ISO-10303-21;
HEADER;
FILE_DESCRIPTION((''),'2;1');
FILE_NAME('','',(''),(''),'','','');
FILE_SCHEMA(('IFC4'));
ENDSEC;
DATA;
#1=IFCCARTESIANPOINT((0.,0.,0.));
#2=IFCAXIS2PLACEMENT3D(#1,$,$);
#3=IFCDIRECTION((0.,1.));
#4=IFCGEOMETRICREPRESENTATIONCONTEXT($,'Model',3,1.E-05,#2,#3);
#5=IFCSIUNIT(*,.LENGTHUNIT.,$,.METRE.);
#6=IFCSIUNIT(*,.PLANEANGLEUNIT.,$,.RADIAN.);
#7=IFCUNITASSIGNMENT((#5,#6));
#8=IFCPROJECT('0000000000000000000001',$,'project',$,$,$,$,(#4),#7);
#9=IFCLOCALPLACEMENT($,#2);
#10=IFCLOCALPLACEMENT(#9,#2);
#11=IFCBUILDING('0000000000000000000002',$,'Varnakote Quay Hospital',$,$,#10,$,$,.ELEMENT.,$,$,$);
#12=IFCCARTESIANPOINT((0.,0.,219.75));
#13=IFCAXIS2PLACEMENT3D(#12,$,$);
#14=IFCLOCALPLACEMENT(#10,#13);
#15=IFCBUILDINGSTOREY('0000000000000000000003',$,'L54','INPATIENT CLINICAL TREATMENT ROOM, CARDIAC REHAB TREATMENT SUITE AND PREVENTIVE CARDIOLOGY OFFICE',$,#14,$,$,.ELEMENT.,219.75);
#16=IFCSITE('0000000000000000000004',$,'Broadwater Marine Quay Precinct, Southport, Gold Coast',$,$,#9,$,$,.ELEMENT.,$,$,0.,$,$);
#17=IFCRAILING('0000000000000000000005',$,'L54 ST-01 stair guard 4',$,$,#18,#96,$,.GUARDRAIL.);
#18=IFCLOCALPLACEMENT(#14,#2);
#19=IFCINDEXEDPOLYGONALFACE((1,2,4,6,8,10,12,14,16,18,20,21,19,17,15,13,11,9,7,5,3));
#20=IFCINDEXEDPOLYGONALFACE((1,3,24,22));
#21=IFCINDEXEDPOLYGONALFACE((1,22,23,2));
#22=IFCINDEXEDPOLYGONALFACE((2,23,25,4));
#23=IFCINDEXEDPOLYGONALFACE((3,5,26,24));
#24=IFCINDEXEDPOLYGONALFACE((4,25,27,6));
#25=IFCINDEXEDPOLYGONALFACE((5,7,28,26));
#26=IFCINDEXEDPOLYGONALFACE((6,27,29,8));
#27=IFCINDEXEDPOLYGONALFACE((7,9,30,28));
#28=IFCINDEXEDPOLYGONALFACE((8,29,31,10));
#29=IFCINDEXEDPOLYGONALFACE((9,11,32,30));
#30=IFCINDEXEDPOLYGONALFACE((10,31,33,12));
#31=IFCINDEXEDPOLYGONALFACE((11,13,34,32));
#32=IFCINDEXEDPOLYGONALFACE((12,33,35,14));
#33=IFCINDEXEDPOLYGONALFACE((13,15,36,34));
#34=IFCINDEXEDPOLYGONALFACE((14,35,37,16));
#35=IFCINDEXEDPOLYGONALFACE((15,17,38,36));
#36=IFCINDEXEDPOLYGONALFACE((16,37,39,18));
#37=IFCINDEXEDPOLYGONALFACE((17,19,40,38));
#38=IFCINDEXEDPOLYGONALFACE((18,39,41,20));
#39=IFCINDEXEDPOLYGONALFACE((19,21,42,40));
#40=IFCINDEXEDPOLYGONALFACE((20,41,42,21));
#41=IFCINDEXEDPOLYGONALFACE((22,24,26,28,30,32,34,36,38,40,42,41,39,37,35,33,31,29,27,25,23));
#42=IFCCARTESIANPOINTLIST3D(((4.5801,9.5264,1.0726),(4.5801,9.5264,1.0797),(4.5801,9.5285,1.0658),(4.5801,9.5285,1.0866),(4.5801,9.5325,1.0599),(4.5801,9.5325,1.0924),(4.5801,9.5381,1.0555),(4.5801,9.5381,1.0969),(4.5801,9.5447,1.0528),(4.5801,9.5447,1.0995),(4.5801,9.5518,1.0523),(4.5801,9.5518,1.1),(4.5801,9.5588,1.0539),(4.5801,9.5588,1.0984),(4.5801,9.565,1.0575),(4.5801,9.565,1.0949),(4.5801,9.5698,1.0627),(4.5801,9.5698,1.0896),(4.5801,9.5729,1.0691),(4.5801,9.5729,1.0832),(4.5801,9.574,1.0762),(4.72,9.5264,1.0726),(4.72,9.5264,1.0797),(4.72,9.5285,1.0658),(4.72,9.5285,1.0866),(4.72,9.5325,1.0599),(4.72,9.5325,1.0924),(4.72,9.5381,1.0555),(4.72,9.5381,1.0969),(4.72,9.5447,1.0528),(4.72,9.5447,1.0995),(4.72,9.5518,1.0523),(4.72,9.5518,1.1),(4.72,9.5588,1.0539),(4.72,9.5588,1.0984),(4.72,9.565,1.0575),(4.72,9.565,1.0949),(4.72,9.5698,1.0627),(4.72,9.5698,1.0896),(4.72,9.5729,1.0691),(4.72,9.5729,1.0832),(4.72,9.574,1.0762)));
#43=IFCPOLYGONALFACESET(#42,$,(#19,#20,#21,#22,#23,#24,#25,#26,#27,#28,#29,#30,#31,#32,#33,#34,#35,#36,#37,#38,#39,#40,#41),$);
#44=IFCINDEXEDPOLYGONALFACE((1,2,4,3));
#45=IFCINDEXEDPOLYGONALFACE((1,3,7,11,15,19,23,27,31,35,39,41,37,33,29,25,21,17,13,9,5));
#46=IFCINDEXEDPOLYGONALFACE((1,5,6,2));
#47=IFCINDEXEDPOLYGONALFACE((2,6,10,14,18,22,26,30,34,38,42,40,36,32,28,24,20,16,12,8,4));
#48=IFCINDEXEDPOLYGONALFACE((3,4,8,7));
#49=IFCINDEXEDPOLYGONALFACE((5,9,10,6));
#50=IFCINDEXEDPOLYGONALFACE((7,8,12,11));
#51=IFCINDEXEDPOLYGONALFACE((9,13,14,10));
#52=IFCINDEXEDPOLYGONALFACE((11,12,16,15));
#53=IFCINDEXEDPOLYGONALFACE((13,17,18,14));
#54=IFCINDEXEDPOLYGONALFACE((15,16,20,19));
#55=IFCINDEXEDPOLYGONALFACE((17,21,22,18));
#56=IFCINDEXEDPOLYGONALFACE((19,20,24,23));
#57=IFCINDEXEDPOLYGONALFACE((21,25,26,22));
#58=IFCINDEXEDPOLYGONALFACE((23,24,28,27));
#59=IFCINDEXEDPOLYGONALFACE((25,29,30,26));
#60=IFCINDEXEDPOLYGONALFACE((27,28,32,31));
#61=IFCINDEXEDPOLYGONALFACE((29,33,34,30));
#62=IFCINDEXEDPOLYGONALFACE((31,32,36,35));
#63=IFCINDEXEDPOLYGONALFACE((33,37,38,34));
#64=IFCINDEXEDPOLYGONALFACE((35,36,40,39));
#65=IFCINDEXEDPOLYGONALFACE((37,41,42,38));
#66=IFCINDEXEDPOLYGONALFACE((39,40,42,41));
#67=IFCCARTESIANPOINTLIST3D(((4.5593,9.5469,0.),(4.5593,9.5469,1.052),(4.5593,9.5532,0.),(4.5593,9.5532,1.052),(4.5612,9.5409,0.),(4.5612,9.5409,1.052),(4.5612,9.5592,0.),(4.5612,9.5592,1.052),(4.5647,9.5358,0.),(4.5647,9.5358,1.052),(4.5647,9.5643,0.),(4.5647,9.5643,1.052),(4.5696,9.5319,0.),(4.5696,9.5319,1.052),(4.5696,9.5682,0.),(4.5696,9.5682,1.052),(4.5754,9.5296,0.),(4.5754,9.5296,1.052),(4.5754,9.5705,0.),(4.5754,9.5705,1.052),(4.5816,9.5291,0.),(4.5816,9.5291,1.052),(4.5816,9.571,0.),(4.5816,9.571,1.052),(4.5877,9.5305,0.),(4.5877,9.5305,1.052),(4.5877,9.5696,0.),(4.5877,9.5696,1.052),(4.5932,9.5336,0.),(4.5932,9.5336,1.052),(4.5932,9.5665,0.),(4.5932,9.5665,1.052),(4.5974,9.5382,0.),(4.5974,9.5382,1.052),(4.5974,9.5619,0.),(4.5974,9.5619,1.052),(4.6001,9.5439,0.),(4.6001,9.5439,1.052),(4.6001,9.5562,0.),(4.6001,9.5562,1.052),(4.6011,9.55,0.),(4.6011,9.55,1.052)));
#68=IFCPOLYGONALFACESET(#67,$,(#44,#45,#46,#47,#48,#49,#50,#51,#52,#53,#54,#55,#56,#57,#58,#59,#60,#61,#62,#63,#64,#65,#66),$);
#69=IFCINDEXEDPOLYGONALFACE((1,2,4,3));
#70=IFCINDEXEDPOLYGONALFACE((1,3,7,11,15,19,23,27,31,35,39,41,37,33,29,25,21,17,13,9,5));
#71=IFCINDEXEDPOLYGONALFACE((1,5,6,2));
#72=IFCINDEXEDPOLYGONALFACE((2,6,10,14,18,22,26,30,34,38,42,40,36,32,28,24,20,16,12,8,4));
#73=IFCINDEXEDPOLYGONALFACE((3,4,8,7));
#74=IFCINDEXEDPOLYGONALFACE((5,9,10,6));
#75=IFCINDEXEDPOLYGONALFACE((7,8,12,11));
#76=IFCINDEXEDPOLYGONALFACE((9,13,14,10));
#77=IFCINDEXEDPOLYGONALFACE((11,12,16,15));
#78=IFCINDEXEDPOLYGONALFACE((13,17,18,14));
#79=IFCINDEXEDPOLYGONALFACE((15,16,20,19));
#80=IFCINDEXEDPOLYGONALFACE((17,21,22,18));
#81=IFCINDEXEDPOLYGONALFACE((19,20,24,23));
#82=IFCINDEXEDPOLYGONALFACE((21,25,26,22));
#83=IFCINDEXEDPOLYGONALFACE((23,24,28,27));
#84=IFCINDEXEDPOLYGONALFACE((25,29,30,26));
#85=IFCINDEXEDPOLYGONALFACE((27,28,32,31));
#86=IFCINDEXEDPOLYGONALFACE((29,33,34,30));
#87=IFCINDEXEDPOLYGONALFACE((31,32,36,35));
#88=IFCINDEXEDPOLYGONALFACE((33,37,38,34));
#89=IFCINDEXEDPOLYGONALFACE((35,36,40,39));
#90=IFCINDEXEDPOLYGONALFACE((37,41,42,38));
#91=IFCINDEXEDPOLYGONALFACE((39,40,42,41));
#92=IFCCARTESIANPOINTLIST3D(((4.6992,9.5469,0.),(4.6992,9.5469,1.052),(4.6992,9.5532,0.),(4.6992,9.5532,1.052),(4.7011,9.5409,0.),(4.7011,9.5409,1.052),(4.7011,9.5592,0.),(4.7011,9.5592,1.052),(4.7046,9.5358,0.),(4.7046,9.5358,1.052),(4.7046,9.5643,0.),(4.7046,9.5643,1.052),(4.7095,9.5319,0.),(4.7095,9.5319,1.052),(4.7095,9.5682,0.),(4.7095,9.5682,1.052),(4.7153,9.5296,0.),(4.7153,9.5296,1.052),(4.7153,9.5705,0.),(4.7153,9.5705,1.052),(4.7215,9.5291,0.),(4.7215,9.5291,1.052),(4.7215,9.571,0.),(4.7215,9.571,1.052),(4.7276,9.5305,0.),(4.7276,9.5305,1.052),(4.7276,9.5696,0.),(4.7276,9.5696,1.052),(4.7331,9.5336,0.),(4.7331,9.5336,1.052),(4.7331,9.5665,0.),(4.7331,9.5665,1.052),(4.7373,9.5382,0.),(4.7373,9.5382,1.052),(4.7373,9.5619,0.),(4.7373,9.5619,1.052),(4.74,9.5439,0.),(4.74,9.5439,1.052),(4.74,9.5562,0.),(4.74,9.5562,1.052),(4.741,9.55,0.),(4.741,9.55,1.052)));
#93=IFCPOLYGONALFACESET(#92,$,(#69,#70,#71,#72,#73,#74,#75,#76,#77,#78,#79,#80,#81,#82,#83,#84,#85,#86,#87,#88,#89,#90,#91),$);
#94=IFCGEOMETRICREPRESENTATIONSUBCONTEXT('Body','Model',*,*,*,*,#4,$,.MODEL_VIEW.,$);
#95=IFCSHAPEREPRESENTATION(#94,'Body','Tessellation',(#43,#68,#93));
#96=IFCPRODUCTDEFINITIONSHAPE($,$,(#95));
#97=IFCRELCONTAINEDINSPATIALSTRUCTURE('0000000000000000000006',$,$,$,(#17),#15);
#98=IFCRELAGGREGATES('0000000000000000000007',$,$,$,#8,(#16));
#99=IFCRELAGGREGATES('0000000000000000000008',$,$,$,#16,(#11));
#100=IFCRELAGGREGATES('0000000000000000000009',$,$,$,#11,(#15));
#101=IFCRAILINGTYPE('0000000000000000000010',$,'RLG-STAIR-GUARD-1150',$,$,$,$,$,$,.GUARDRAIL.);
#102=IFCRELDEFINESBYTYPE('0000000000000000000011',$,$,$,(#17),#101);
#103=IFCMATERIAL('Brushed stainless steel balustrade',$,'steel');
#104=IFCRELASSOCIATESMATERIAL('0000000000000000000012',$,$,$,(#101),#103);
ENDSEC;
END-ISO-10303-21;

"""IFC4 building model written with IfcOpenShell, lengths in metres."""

from ifc_helpers import new_model, si_unit, direction, frame, origin, origin_2d, place, context, subcontext, project, spatial, circle, extrude, material, type_object, element, save


model = new_model("IFC4")

# Units and contexts
model_context = context("Model", 3, precision=1e-05, world=origin(), true_north=direction((0.0, 1.0)))
body_context = subcontext(model_context, "Body", "Model", "MODEL_VIEW")
ifc_project = project(units=[si_unit("LENGTHUNIT", "METRE"), si_unit("PLANEANGLEUNIT", "RADIAN")], contexts=[model_context])

# Site, building, storey
site_placement = place(None, origin())
site = spatial("IfcSite", under=ifc_project, at=site_placement, Name="Broadwater Marine Quay Precinct, Southport, Gold Coast", CompositionType="ELEMENT", RefElevation=0.0)
building_placement = place(site_placement, origin())
building = spatial("IfcBuilding", under=site, at=building_placement, Name="Varnakote Quay Hospital", CompositionType="ELEMENT")
storey_placement = place(building_placement, frame((0.0, 0.0, 219.75)))
storey = spatial("IfcBuildingStorey", under=building, at=storey_placement, Name="L54", Description="INPATIENT CLINICAL TREATMENT ROOM, CARDIAC REHAB TREATMENT SUITE AND PREVENTIVE CARDIOLOGY OFFICE", CompositionType="ELEMENT", Elevation=219.75)

# Railing
ifc_material_1 = material(Name="Brushed stainless steel balustrade", Category="steel")
railing_type_1 = type_object("IfcRailingType", Name="RLG-STAIR-GUARD-1150", PredefinedType="GUARDRAIL", material=ifc_material_1)
railing_1_placement = place(storey_placement, frame((4.5801, 9.55, 0.0)))
element("IfcRailing", 1, at=railing_1_placement, inside=storey, type_object=railing_type_1, Name="L54 ST-01 stair guard 4", PredefinedType="GUARDRAIL", context=body_context, shape_type="SweptSolid", body=[
    extrude(circle(Radius=0.0239, at=origin_2d()), frame((0.0, 0.0, 1.0762), z_axis=(1.0, 0.0, 0.0), x_axis=(0.0, 1.0, 0.0)), (0.0, 0.0, 1.0), 0.1399),
    extrude(circle(Radius=0.021, at=origin_2d()), origin(), (0.0, 0.0, 1.0), 1.052),
    extrude(circle(Radius=0.021, at=origin_2d()), frame((0.1399, 0.0, 0.0)), (0.0, 0.0, 1.0), 1.052),
])

save(model, "model.ifc")
